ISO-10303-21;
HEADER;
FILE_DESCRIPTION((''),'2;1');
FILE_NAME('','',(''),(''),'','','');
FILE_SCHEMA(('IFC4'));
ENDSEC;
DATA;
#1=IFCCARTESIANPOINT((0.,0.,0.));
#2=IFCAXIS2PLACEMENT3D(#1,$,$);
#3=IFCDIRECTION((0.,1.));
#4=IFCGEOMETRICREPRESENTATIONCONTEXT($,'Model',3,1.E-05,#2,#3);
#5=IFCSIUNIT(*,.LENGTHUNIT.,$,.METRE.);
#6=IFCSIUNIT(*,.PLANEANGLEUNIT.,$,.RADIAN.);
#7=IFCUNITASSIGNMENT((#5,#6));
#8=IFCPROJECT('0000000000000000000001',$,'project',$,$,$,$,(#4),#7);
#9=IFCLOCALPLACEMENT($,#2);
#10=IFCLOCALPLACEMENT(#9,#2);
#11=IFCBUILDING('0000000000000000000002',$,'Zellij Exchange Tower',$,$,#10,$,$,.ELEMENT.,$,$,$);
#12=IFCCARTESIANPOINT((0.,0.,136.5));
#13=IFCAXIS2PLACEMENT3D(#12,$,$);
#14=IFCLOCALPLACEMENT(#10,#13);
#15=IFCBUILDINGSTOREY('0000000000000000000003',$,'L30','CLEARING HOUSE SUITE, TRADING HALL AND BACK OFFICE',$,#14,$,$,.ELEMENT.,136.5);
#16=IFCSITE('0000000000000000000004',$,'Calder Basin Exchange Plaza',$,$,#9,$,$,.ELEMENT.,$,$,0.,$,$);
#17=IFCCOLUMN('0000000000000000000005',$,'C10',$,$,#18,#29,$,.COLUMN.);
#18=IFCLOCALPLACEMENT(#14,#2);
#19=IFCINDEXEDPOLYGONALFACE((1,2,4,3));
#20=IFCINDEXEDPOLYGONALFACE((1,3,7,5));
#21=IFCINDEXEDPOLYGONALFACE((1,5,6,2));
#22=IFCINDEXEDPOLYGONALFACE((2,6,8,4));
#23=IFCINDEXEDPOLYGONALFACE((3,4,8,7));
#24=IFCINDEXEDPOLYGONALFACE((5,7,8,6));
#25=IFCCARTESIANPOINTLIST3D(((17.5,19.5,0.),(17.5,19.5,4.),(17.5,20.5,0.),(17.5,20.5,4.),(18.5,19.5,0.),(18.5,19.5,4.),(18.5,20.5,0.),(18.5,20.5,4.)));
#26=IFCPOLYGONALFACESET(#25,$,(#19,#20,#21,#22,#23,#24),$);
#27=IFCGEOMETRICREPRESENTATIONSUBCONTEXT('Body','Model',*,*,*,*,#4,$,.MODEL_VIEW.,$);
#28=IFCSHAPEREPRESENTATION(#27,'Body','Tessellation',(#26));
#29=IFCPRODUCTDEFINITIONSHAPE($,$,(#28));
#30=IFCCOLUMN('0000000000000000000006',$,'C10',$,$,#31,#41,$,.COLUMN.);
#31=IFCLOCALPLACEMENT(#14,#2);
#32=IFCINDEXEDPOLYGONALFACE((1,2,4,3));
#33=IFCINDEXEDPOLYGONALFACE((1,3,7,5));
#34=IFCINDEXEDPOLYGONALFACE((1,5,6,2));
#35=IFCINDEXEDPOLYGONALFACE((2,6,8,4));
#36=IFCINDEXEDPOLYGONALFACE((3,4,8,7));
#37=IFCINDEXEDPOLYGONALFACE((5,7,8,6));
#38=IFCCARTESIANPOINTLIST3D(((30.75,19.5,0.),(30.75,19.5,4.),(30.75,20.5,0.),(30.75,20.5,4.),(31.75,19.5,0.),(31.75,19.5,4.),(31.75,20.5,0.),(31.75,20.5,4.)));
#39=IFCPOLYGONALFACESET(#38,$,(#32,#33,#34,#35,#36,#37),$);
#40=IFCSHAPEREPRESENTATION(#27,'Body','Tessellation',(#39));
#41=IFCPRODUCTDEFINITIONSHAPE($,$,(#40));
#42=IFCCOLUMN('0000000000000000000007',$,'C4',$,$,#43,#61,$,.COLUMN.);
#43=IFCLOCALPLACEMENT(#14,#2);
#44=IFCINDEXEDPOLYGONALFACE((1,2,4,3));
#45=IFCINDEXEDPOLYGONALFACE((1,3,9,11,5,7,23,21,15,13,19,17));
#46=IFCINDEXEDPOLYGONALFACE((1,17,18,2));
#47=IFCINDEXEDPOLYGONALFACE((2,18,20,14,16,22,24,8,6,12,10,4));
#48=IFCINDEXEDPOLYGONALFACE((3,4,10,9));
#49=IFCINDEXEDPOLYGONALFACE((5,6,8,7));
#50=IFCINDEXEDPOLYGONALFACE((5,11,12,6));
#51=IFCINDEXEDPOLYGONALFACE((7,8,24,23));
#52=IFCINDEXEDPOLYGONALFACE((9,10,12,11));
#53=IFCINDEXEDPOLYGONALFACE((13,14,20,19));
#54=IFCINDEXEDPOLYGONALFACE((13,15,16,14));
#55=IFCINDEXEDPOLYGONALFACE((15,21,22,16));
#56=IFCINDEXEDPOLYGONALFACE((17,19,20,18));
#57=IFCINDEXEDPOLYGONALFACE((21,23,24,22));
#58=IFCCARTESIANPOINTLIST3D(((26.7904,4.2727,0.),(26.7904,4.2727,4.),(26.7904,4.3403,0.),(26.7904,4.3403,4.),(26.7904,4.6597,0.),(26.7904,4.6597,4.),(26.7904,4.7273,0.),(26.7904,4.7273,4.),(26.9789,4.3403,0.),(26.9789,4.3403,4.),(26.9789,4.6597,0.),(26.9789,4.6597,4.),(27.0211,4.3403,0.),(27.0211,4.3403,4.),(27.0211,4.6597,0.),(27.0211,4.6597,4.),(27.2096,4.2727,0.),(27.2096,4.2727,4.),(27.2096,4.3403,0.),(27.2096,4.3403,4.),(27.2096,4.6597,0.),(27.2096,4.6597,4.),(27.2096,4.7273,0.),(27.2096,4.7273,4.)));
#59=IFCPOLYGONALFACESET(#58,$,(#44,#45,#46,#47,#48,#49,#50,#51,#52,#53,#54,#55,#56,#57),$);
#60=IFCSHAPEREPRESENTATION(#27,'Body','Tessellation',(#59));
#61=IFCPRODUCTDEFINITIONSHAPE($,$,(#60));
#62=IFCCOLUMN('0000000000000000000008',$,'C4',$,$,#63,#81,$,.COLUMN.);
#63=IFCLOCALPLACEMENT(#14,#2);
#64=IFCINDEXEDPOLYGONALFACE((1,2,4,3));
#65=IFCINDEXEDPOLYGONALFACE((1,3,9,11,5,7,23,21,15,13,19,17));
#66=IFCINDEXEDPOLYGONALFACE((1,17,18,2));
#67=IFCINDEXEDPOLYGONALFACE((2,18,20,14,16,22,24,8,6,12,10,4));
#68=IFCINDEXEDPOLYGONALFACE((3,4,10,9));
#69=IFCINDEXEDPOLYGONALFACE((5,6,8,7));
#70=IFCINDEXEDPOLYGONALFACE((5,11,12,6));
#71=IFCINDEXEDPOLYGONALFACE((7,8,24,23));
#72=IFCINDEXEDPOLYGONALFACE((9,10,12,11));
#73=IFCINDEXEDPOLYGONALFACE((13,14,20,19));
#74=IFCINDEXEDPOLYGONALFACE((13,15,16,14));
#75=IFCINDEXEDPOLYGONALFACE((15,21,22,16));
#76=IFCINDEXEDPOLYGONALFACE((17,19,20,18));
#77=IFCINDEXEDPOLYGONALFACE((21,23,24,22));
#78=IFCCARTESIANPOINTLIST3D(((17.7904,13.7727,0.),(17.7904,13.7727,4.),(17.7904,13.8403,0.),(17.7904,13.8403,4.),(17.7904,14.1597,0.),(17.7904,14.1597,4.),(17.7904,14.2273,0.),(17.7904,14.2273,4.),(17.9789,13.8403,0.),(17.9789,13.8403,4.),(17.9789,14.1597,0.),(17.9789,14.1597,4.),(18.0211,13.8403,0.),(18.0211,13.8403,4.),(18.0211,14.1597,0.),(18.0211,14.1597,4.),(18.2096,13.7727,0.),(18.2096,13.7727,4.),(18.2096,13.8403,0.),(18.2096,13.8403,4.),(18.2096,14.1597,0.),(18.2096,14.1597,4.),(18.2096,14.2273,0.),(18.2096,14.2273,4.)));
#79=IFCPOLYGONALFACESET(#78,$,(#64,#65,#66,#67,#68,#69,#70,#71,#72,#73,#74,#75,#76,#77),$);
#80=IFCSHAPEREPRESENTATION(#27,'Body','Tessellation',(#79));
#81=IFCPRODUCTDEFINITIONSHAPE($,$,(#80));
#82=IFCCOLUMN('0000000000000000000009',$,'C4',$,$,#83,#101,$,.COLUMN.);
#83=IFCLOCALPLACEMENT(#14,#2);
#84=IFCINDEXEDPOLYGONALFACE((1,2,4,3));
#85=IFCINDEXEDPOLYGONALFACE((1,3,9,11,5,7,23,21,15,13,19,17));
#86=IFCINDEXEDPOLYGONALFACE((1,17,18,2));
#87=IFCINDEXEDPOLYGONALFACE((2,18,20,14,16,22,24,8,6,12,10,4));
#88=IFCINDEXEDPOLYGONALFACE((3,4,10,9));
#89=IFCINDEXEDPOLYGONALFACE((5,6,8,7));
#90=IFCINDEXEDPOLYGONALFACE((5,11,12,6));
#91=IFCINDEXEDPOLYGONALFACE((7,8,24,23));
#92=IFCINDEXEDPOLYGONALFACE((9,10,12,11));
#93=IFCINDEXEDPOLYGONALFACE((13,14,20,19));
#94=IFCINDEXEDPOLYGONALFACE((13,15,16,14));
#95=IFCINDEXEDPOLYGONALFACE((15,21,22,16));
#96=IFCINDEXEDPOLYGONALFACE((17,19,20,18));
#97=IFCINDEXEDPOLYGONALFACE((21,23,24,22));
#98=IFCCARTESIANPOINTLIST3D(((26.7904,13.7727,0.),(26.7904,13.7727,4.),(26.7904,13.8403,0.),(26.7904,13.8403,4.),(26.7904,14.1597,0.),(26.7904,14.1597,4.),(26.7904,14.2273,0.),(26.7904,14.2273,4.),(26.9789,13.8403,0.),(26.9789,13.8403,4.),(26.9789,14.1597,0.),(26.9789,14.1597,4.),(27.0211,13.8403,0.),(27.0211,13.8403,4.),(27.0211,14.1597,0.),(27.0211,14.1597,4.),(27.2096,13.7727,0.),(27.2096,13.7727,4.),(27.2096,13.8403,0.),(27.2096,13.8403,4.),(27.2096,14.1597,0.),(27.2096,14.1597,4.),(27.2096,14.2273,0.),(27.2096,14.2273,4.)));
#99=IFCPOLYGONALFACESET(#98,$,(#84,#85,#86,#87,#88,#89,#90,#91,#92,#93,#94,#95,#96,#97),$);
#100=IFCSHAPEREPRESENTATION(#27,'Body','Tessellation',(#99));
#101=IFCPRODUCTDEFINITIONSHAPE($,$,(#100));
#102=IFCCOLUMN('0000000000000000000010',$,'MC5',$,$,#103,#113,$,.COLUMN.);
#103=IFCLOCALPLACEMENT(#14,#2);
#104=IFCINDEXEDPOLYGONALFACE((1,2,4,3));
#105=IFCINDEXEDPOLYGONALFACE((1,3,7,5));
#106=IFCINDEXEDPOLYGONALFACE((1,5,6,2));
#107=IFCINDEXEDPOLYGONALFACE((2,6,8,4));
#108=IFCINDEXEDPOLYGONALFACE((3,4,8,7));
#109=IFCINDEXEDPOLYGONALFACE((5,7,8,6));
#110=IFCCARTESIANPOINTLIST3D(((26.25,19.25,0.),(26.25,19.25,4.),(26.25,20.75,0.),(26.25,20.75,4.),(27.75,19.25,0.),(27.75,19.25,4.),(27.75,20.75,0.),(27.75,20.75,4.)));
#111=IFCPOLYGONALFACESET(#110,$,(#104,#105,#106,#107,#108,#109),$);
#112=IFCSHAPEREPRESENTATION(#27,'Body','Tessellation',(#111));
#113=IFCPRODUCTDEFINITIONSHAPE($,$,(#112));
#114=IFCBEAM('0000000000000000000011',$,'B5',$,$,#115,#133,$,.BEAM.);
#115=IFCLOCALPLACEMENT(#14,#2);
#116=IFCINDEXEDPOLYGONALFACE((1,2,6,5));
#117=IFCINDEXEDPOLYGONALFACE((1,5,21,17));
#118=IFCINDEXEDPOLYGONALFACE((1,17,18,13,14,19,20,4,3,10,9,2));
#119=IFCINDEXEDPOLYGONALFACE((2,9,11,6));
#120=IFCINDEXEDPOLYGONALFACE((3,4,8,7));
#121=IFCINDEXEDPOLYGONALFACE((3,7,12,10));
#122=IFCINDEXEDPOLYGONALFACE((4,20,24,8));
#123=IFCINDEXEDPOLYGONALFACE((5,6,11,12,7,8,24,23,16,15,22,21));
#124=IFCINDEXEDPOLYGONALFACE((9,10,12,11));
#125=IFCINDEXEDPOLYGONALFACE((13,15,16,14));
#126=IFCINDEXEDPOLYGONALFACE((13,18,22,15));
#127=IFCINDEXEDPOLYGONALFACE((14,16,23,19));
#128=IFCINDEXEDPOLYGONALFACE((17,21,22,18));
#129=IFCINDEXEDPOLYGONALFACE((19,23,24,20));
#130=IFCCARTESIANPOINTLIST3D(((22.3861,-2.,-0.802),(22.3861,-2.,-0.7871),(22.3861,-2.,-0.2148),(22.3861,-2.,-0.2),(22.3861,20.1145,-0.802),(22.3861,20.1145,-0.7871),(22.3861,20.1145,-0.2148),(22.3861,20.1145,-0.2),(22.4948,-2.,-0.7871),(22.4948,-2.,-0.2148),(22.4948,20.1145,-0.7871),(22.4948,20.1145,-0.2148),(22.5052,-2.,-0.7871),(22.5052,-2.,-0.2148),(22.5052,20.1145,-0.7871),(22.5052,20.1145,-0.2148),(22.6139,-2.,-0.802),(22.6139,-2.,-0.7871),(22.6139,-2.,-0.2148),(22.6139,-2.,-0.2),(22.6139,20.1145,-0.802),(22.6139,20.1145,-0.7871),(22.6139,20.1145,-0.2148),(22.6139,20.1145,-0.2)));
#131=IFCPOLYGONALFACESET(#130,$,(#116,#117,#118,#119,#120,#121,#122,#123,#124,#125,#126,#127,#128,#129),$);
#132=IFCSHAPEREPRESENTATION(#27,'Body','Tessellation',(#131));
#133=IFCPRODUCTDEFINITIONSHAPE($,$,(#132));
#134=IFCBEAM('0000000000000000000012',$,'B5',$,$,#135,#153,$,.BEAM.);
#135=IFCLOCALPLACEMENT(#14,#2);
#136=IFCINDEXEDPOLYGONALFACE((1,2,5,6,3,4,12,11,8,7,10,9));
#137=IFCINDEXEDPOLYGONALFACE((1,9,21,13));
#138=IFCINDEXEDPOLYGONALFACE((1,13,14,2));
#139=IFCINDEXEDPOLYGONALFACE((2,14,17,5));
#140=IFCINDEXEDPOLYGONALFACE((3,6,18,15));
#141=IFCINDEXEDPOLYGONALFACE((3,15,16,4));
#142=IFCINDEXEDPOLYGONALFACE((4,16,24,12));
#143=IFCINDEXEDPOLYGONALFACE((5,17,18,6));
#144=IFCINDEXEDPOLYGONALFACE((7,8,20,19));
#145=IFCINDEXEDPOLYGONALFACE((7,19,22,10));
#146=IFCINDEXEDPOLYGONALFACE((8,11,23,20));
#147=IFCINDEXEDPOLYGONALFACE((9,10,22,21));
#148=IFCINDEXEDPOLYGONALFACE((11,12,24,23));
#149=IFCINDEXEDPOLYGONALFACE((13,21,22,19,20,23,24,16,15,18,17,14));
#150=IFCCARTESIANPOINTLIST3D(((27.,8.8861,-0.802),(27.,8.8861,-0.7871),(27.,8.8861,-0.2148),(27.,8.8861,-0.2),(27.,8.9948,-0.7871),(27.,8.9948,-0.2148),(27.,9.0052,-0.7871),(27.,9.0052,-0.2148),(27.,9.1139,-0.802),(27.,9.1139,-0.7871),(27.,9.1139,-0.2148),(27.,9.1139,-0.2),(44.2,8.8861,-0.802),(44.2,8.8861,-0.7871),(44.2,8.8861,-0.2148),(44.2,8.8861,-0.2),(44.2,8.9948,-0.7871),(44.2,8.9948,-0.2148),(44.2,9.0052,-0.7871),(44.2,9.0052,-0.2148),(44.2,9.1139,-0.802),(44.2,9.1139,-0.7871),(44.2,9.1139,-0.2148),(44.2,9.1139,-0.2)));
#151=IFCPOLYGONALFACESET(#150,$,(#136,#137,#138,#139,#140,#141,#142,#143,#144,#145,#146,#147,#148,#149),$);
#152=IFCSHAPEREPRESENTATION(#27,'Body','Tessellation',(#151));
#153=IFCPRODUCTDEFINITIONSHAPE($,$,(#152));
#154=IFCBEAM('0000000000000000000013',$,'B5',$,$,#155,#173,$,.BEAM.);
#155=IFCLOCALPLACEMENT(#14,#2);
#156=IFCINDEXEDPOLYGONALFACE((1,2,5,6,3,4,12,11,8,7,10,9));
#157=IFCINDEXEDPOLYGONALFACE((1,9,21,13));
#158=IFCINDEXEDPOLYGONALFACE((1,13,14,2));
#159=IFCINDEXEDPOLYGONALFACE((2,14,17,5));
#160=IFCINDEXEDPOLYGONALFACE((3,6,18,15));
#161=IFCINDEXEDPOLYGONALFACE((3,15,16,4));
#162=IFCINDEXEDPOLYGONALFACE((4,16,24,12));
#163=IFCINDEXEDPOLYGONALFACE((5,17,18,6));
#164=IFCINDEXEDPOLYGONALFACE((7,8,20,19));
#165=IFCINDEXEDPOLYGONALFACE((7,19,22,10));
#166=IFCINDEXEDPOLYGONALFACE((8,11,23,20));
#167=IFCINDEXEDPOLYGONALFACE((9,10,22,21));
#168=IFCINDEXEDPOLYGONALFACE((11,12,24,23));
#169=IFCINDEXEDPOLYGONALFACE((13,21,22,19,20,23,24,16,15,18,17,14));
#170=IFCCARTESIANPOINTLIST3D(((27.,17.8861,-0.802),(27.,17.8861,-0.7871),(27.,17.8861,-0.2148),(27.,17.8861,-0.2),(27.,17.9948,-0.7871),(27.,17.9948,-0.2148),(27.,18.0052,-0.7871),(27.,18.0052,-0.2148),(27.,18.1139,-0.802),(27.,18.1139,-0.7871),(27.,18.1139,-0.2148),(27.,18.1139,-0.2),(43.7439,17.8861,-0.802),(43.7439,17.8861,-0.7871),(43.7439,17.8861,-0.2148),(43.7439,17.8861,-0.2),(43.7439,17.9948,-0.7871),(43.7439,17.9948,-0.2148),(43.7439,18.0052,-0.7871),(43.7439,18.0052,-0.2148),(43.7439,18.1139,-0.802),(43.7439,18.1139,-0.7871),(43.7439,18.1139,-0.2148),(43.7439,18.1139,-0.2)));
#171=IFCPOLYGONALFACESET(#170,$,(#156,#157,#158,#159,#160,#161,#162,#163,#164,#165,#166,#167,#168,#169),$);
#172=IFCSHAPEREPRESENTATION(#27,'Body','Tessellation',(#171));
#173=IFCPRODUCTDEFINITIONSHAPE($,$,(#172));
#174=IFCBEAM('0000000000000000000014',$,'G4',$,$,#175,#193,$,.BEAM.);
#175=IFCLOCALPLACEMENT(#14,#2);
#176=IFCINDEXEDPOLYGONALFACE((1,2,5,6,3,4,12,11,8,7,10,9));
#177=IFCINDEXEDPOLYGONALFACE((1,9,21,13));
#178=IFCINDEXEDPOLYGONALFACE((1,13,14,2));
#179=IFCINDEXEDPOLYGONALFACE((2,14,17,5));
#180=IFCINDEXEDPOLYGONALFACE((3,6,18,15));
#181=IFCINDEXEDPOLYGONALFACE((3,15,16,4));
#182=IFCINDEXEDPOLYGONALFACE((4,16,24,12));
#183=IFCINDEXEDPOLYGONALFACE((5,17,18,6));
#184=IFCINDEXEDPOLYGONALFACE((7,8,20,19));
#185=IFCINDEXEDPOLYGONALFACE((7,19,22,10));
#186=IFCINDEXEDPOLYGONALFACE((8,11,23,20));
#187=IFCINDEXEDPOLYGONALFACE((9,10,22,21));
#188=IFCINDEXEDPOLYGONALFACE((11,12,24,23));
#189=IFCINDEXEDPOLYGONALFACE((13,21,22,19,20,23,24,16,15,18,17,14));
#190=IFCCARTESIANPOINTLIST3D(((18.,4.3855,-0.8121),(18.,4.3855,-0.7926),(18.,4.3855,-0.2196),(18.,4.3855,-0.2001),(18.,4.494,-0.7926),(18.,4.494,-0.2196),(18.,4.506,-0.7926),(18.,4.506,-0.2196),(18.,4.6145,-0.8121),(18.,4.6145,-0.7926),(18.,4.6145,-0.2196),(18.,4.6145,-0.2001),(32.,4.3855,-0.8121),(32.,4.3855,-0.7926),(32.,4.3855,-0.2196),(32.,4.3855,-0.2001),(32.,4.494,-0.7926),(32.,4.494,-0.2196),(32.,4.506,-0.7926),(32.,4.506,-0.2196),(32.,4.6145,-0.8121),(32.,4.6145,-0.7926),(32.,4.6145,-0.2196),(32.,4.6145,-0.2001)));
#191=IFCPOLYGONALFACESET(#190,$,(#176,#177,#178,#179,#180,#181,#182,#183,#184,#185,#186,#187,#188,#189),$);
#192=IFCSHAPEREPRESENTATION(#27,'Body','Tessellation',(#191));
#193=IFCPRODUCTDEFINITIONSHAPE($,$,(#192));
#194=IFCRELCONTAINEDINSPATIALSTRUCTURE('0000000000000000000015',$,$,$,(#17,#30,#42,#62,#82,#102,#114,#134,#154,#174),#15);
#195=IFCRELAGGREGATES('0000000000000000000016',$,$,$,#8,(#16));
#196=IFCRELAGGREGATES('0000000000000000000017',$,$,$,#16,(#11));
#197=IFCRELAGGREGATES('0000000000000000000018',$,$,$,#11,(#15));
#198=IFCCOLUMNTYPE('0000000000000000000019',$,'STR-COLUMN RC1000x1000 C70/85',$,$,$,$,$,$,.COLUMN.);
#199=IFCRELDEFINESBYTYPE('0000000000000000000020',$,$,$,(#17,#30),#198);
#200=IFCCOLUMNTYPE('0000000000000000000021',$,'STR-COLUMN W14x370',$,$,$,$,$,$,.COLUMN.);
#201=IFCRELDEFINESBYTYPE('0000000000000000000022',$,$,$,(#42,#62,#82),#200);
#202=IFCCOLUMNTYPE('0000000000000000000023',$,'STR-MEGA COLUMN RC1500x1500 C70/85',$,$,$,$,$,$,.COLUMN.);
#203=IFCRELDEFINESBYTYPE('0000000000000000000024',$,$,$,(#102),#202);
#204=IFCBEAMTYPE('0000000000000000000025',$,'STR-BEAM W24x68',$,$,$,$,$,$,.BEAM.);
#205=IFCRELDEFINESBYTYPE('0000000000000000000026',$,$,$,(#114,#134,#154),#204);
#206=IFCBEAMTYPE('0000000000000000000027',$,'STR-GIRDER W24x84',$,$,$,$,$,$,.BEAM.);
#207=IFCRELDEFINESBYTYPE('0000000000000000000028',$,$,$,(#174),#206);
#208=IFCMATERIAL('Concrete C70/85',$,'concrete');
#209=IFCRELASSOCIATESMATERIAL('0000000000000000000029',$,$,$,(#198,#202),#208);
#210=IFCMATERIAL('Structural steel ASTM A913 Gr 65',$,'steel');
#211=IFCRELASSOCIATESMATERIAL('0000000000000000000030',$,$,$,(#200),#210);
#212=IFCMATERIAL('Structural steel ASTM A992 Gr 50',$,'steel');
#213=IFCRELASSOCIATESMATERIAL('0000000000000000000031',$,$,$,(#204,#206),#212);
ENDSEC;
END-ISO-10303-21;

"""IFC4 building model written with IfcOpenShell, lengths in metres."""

from ifc_helpers import new_model, si_unit, direction, frame, origin, origin_2d, place, context, subcontext, project, spatial, rectangle, i_section, extrude, material, material_profile, profile_set, type_object, element, save


model = new_model("IFC4")

# Units and contexts
model_context = context("Model", 3, precision=1e-05, world=origin(), true_north=direction((0.0, 1.0)))
body_context = subcontext(model_context, "Body", "Model", "MODEL_VIEW")
ifc_project = project(units=[si_unit("LENGTHUNIT", "METRE"), si_unit("PLANEANGLEUNIT", "RADIAN")], contexts=[model_context])

# Site, building, storey
site_placement = place(None, origin())
site = spatial("IfcSite", under=ifc_project, at=site_placement, Name="Calder Basin Exchange Plaza", CompositionType="ELEMENT", RefElevation=0.0)
building_placement = place(site_placement, origin())
building = spatial("IfcBuilding", under=site, at=building_placement, Name="Zellij Exchange Tower", CompositionType="ELEMENT")
storey_placement = place(building_placement, frame((0.0, 0.0, 136.5)))
storey = spatial("IfcBuildingStorey", under=building, at=storey_placement, Name="L30", Description="CLEARING HOUSE SUITE, TRADING HALL AND BACK OFFICE", CompositionType="ELEMENT", Elevation=136.5)

# Columns
ifc_material_1 = material(Name="Concrete C70/85", Category="concrete")
ifc_material_profile_1 = material_profile(ifc_material_1, rectangle(XDim=1.0, YDim=1.0, at=origin_2d()), Name="STR-COLUMN RC1000x1000 C70/85")
ifc_profile_set_1 = profile_set([ifc_material_profile_1], Name="Concrete C70/85")
column_type_1 = type_object("IfcColumnType", Name="STR-COLUMN RC1000x1000 C70/85", PredefinedType="COLUMN", material=ifc_profile_set_1)
for number, where, z_axis, x_axis, name in (
    (1, (18.0, 20.0, 0.0), (0.0, 0.0, 1.0), (1.0, 0.0, 0.0), "C10"),
    (2, (31.25, 20.0, 0.0), (0.0, 0.0, 1.0), (1.0, 0.0, 0.0), "C10"),
):
    element("IfcColumn", number, at=place(storey_placement, frame(where, z_axis=z_axis, x_axis=x_axis)), inside=storey, type_object=column_type_1, Name=name, PredefinedType="COLUMN", context=body_context, shape_type="SweptSolid", body=[
        extrude(rectangle(XDim=1.0, YDim=1.0, at=origin_2d()), origin(), (0.0, 0.0, 1.0), 4.0),
    ])
ifc_material_2 = material(Name="Structural steel ASTM A913 Gr 65", Category="steel")
ifc_material_profile_2 = material_profile(ifc_material_2, i_section(OverallWidth=0.4192, OverallDepth=0.4546, WebThickness=0.0422, FlangeThickness=0.0676, at=origin_2d()), Name="W14x370")
ifc_profile_set_2 = profile_set([ifc_material_profile_2], Name="Structural steel ASTM A913 Gr 65")
column_type_2 = type_object("IfcColumnType", Name="STR-COLUMN W14x370", PredefinedType="COLUMN", material=ifc_profile_set_2)
for number, where, z_axis, x_axis, name in (
    (3, (27.0, 4.5, 0.0), (0.0, 0.0, 1.0), (1.0, 0.0, 0.0), "C4"),
    (4, (18.0, 14.0, 0.0), (0.0, 0.0, 1.0), (1.0, 0.0, 0.0), "C4"),
    (5, (27.0, 14.0, 0.0), (0.0, 0.0, 1.0), (1.0, 0.0, 0.0), "C4"),
):
    element("IfcColumn", number, at=place(storey_placement, frame(where, z_axis=z_axis, x_axis=x_axis)), inside=storey, type_object=column_type_2, Name=name, PredefinedType="COLUMN", context=body_context, shape_type="SweptSolid", body=[
        extrude(i_section(OverallWidth=0.4192, OverallDepth=0.4546, WebThickness=0.0422, FlangeThickness=0.0676, at=origin_2d()), origin(), (0.0, 0.0, 1.0), 4.0),
    ])
ifc_material_profile_3 = material_profile(ifc_material_1, rectangle(XDim=1.5, YDim=1.5, at=origin_2d()), Name="STR-MEGA COLUMN RC1500x1500 C70/85")
ifc_profile_set_3 = profile_set([ifc_material_profile_3], Name="Concrete C70/85")
column_type_3 = type_object("IfcColumnType", Name="STR-MEGA COLUMN RC1500x1500 C70/85", PredefinedType="COLUMN", material=ifc_profile_set_3)
column_placement = place(storey_placement, frame((27.0, 20.0, 0.0), z_axis=(0.0, 0.0, 1.0), x_axis=(1.0, 0.0, 0.0)))
element("IfcColumn", 6, at=column_placement, inside=storey, type_object=column_type_3, Name="MC5", PredefinedType="COLUMN", context=body_context, shape_type="SweptSolid", body=[
    extrude(rectangle(XDim=1.5, YDim=1.5, at=origin_2d()), origin(), (0.0, 0.0, 1.0), 4.0),
])

# Beams
ifc_material_3 = material(Name="Structural steel ASTM A992 Gr 50", Category="steel")
ifc_material_profile_4 = material_profile(ifc_material_3, i_section(OverallWidth=0.2278, OverallDepth=0.6021, WebThickness=0.0105, FlangeThickness=0.0149, at=origin_2d()), Name="W24x68")
ifc_profile_set_4 = profile_set([ifc_material_profile_4], Name="Structural steel ASTM A992 Gr 50")
beam_type_1 = type_object("IfcBeamType", Name="STR-BEAM W24x68", PredefinedType="BEAM", material=ifc_profile_set_4)
beam_1_placement = place(storey_placement, frame((22.5, -2.0, -0.501), z_axis=(0.0, 1.0, 0.0), x_axis=(-1.0, 0.0, 0.0)))
element("IfcBeam", 7, at=beam_1_placement, inside=storey, type_object=beam_type_1, Name="B5", PredefinedType="BEAM", context=body_context, shape_type="SweptSolid", body=[
    extrude(i_section(OverallWidth=0.2278, OverallDepth=0.6021, WebThickness=0.0105, FlangeThickness=0.0149, at=origin_2d()), origin(), (0.0, 0.0, 1.0), 22.1145),
])
beam_2_placement = place(storey_placement, frame((27.0, 9.0, -0.501), z_axis=(1.0, 0.0, 0.0), x_axis=(0.0, 1.0, 0.0)))
element("IfcBeam", 8, at=beam_2_placement, inside=storey, type_object=beam_type_1, Name="B5", PredefinedType="BEAM", context=body_context, shape_type="SweptSolid", body=[
    extrude(i_section(OverallWidth=0.2278, OverallDepth=0.6021, WebThickness=0.0105, FlangeThickness=0.0149, at=origin_2d()), origin(), (0.0, 0.0, 1.0), 17.2),
])
beam_3_placement = place(storey_placement, frame((27.0, 18.0, -0.501), z_axis=(1.0, 0.0, 0.0), x_axis=(0.0, 1.0, 0.0)))
element("IfcBeam", 9, at=beam_3_placement, inside=storey, type_object=beam_type_1, Name="B5", PredefinedType="BEAM", context=body_context, shape_type="SweptSolid", body=[
    extrude(i_section(OverallWidth=0.2278, OverallDepth=0.6021, WebThickness=0.0105, FlangeThickness=0.0149, at=origin_2d()), origin(), (0.0, 0.0, 1.0), 16.7439),
])
ifc_material_profile_5 = material_profile(ifc_material_3, i_section(OverallWidth=0.229, OverallDepth=0.6121, WebThickness=0.012, FlangeThickness=0.0195, at=origin_2d()), Name="W24x84")
ifc_profile_set_5 = profile_set([ifc_material_profile_5], Name="Structural steel ASTM A992 Gr 50")
beam_type_2 = type_object("IfcBeamType", Name="STR-GIRDER W24x84", PredefinedType="BEAM", material=ifc_profile_set_5)
beam_4_placement = place(storey_placement, frame((18.0, 4.5, -0.5061), z_axis=(1.0, 0.0, 0.0), x_axis=(0.0, 1.0, 0.0)))
element("IfcBeam", 10, at=beam_4_placement, inside=storey, type_object=beam_type_2, Name="G4", PredefinedType="BEAM", context=body_context, shape_type="SweptSolid", body=[
    extrude(i_section(OverallWidth=0.229, OverallDepth=0.6121, WebThickness=0.012, FlangeThickness=0.0195, at=origin_2d()), origin(), (0.0, 0.0, 1.0), 14.0),
])

save(model, "model.ifc")
